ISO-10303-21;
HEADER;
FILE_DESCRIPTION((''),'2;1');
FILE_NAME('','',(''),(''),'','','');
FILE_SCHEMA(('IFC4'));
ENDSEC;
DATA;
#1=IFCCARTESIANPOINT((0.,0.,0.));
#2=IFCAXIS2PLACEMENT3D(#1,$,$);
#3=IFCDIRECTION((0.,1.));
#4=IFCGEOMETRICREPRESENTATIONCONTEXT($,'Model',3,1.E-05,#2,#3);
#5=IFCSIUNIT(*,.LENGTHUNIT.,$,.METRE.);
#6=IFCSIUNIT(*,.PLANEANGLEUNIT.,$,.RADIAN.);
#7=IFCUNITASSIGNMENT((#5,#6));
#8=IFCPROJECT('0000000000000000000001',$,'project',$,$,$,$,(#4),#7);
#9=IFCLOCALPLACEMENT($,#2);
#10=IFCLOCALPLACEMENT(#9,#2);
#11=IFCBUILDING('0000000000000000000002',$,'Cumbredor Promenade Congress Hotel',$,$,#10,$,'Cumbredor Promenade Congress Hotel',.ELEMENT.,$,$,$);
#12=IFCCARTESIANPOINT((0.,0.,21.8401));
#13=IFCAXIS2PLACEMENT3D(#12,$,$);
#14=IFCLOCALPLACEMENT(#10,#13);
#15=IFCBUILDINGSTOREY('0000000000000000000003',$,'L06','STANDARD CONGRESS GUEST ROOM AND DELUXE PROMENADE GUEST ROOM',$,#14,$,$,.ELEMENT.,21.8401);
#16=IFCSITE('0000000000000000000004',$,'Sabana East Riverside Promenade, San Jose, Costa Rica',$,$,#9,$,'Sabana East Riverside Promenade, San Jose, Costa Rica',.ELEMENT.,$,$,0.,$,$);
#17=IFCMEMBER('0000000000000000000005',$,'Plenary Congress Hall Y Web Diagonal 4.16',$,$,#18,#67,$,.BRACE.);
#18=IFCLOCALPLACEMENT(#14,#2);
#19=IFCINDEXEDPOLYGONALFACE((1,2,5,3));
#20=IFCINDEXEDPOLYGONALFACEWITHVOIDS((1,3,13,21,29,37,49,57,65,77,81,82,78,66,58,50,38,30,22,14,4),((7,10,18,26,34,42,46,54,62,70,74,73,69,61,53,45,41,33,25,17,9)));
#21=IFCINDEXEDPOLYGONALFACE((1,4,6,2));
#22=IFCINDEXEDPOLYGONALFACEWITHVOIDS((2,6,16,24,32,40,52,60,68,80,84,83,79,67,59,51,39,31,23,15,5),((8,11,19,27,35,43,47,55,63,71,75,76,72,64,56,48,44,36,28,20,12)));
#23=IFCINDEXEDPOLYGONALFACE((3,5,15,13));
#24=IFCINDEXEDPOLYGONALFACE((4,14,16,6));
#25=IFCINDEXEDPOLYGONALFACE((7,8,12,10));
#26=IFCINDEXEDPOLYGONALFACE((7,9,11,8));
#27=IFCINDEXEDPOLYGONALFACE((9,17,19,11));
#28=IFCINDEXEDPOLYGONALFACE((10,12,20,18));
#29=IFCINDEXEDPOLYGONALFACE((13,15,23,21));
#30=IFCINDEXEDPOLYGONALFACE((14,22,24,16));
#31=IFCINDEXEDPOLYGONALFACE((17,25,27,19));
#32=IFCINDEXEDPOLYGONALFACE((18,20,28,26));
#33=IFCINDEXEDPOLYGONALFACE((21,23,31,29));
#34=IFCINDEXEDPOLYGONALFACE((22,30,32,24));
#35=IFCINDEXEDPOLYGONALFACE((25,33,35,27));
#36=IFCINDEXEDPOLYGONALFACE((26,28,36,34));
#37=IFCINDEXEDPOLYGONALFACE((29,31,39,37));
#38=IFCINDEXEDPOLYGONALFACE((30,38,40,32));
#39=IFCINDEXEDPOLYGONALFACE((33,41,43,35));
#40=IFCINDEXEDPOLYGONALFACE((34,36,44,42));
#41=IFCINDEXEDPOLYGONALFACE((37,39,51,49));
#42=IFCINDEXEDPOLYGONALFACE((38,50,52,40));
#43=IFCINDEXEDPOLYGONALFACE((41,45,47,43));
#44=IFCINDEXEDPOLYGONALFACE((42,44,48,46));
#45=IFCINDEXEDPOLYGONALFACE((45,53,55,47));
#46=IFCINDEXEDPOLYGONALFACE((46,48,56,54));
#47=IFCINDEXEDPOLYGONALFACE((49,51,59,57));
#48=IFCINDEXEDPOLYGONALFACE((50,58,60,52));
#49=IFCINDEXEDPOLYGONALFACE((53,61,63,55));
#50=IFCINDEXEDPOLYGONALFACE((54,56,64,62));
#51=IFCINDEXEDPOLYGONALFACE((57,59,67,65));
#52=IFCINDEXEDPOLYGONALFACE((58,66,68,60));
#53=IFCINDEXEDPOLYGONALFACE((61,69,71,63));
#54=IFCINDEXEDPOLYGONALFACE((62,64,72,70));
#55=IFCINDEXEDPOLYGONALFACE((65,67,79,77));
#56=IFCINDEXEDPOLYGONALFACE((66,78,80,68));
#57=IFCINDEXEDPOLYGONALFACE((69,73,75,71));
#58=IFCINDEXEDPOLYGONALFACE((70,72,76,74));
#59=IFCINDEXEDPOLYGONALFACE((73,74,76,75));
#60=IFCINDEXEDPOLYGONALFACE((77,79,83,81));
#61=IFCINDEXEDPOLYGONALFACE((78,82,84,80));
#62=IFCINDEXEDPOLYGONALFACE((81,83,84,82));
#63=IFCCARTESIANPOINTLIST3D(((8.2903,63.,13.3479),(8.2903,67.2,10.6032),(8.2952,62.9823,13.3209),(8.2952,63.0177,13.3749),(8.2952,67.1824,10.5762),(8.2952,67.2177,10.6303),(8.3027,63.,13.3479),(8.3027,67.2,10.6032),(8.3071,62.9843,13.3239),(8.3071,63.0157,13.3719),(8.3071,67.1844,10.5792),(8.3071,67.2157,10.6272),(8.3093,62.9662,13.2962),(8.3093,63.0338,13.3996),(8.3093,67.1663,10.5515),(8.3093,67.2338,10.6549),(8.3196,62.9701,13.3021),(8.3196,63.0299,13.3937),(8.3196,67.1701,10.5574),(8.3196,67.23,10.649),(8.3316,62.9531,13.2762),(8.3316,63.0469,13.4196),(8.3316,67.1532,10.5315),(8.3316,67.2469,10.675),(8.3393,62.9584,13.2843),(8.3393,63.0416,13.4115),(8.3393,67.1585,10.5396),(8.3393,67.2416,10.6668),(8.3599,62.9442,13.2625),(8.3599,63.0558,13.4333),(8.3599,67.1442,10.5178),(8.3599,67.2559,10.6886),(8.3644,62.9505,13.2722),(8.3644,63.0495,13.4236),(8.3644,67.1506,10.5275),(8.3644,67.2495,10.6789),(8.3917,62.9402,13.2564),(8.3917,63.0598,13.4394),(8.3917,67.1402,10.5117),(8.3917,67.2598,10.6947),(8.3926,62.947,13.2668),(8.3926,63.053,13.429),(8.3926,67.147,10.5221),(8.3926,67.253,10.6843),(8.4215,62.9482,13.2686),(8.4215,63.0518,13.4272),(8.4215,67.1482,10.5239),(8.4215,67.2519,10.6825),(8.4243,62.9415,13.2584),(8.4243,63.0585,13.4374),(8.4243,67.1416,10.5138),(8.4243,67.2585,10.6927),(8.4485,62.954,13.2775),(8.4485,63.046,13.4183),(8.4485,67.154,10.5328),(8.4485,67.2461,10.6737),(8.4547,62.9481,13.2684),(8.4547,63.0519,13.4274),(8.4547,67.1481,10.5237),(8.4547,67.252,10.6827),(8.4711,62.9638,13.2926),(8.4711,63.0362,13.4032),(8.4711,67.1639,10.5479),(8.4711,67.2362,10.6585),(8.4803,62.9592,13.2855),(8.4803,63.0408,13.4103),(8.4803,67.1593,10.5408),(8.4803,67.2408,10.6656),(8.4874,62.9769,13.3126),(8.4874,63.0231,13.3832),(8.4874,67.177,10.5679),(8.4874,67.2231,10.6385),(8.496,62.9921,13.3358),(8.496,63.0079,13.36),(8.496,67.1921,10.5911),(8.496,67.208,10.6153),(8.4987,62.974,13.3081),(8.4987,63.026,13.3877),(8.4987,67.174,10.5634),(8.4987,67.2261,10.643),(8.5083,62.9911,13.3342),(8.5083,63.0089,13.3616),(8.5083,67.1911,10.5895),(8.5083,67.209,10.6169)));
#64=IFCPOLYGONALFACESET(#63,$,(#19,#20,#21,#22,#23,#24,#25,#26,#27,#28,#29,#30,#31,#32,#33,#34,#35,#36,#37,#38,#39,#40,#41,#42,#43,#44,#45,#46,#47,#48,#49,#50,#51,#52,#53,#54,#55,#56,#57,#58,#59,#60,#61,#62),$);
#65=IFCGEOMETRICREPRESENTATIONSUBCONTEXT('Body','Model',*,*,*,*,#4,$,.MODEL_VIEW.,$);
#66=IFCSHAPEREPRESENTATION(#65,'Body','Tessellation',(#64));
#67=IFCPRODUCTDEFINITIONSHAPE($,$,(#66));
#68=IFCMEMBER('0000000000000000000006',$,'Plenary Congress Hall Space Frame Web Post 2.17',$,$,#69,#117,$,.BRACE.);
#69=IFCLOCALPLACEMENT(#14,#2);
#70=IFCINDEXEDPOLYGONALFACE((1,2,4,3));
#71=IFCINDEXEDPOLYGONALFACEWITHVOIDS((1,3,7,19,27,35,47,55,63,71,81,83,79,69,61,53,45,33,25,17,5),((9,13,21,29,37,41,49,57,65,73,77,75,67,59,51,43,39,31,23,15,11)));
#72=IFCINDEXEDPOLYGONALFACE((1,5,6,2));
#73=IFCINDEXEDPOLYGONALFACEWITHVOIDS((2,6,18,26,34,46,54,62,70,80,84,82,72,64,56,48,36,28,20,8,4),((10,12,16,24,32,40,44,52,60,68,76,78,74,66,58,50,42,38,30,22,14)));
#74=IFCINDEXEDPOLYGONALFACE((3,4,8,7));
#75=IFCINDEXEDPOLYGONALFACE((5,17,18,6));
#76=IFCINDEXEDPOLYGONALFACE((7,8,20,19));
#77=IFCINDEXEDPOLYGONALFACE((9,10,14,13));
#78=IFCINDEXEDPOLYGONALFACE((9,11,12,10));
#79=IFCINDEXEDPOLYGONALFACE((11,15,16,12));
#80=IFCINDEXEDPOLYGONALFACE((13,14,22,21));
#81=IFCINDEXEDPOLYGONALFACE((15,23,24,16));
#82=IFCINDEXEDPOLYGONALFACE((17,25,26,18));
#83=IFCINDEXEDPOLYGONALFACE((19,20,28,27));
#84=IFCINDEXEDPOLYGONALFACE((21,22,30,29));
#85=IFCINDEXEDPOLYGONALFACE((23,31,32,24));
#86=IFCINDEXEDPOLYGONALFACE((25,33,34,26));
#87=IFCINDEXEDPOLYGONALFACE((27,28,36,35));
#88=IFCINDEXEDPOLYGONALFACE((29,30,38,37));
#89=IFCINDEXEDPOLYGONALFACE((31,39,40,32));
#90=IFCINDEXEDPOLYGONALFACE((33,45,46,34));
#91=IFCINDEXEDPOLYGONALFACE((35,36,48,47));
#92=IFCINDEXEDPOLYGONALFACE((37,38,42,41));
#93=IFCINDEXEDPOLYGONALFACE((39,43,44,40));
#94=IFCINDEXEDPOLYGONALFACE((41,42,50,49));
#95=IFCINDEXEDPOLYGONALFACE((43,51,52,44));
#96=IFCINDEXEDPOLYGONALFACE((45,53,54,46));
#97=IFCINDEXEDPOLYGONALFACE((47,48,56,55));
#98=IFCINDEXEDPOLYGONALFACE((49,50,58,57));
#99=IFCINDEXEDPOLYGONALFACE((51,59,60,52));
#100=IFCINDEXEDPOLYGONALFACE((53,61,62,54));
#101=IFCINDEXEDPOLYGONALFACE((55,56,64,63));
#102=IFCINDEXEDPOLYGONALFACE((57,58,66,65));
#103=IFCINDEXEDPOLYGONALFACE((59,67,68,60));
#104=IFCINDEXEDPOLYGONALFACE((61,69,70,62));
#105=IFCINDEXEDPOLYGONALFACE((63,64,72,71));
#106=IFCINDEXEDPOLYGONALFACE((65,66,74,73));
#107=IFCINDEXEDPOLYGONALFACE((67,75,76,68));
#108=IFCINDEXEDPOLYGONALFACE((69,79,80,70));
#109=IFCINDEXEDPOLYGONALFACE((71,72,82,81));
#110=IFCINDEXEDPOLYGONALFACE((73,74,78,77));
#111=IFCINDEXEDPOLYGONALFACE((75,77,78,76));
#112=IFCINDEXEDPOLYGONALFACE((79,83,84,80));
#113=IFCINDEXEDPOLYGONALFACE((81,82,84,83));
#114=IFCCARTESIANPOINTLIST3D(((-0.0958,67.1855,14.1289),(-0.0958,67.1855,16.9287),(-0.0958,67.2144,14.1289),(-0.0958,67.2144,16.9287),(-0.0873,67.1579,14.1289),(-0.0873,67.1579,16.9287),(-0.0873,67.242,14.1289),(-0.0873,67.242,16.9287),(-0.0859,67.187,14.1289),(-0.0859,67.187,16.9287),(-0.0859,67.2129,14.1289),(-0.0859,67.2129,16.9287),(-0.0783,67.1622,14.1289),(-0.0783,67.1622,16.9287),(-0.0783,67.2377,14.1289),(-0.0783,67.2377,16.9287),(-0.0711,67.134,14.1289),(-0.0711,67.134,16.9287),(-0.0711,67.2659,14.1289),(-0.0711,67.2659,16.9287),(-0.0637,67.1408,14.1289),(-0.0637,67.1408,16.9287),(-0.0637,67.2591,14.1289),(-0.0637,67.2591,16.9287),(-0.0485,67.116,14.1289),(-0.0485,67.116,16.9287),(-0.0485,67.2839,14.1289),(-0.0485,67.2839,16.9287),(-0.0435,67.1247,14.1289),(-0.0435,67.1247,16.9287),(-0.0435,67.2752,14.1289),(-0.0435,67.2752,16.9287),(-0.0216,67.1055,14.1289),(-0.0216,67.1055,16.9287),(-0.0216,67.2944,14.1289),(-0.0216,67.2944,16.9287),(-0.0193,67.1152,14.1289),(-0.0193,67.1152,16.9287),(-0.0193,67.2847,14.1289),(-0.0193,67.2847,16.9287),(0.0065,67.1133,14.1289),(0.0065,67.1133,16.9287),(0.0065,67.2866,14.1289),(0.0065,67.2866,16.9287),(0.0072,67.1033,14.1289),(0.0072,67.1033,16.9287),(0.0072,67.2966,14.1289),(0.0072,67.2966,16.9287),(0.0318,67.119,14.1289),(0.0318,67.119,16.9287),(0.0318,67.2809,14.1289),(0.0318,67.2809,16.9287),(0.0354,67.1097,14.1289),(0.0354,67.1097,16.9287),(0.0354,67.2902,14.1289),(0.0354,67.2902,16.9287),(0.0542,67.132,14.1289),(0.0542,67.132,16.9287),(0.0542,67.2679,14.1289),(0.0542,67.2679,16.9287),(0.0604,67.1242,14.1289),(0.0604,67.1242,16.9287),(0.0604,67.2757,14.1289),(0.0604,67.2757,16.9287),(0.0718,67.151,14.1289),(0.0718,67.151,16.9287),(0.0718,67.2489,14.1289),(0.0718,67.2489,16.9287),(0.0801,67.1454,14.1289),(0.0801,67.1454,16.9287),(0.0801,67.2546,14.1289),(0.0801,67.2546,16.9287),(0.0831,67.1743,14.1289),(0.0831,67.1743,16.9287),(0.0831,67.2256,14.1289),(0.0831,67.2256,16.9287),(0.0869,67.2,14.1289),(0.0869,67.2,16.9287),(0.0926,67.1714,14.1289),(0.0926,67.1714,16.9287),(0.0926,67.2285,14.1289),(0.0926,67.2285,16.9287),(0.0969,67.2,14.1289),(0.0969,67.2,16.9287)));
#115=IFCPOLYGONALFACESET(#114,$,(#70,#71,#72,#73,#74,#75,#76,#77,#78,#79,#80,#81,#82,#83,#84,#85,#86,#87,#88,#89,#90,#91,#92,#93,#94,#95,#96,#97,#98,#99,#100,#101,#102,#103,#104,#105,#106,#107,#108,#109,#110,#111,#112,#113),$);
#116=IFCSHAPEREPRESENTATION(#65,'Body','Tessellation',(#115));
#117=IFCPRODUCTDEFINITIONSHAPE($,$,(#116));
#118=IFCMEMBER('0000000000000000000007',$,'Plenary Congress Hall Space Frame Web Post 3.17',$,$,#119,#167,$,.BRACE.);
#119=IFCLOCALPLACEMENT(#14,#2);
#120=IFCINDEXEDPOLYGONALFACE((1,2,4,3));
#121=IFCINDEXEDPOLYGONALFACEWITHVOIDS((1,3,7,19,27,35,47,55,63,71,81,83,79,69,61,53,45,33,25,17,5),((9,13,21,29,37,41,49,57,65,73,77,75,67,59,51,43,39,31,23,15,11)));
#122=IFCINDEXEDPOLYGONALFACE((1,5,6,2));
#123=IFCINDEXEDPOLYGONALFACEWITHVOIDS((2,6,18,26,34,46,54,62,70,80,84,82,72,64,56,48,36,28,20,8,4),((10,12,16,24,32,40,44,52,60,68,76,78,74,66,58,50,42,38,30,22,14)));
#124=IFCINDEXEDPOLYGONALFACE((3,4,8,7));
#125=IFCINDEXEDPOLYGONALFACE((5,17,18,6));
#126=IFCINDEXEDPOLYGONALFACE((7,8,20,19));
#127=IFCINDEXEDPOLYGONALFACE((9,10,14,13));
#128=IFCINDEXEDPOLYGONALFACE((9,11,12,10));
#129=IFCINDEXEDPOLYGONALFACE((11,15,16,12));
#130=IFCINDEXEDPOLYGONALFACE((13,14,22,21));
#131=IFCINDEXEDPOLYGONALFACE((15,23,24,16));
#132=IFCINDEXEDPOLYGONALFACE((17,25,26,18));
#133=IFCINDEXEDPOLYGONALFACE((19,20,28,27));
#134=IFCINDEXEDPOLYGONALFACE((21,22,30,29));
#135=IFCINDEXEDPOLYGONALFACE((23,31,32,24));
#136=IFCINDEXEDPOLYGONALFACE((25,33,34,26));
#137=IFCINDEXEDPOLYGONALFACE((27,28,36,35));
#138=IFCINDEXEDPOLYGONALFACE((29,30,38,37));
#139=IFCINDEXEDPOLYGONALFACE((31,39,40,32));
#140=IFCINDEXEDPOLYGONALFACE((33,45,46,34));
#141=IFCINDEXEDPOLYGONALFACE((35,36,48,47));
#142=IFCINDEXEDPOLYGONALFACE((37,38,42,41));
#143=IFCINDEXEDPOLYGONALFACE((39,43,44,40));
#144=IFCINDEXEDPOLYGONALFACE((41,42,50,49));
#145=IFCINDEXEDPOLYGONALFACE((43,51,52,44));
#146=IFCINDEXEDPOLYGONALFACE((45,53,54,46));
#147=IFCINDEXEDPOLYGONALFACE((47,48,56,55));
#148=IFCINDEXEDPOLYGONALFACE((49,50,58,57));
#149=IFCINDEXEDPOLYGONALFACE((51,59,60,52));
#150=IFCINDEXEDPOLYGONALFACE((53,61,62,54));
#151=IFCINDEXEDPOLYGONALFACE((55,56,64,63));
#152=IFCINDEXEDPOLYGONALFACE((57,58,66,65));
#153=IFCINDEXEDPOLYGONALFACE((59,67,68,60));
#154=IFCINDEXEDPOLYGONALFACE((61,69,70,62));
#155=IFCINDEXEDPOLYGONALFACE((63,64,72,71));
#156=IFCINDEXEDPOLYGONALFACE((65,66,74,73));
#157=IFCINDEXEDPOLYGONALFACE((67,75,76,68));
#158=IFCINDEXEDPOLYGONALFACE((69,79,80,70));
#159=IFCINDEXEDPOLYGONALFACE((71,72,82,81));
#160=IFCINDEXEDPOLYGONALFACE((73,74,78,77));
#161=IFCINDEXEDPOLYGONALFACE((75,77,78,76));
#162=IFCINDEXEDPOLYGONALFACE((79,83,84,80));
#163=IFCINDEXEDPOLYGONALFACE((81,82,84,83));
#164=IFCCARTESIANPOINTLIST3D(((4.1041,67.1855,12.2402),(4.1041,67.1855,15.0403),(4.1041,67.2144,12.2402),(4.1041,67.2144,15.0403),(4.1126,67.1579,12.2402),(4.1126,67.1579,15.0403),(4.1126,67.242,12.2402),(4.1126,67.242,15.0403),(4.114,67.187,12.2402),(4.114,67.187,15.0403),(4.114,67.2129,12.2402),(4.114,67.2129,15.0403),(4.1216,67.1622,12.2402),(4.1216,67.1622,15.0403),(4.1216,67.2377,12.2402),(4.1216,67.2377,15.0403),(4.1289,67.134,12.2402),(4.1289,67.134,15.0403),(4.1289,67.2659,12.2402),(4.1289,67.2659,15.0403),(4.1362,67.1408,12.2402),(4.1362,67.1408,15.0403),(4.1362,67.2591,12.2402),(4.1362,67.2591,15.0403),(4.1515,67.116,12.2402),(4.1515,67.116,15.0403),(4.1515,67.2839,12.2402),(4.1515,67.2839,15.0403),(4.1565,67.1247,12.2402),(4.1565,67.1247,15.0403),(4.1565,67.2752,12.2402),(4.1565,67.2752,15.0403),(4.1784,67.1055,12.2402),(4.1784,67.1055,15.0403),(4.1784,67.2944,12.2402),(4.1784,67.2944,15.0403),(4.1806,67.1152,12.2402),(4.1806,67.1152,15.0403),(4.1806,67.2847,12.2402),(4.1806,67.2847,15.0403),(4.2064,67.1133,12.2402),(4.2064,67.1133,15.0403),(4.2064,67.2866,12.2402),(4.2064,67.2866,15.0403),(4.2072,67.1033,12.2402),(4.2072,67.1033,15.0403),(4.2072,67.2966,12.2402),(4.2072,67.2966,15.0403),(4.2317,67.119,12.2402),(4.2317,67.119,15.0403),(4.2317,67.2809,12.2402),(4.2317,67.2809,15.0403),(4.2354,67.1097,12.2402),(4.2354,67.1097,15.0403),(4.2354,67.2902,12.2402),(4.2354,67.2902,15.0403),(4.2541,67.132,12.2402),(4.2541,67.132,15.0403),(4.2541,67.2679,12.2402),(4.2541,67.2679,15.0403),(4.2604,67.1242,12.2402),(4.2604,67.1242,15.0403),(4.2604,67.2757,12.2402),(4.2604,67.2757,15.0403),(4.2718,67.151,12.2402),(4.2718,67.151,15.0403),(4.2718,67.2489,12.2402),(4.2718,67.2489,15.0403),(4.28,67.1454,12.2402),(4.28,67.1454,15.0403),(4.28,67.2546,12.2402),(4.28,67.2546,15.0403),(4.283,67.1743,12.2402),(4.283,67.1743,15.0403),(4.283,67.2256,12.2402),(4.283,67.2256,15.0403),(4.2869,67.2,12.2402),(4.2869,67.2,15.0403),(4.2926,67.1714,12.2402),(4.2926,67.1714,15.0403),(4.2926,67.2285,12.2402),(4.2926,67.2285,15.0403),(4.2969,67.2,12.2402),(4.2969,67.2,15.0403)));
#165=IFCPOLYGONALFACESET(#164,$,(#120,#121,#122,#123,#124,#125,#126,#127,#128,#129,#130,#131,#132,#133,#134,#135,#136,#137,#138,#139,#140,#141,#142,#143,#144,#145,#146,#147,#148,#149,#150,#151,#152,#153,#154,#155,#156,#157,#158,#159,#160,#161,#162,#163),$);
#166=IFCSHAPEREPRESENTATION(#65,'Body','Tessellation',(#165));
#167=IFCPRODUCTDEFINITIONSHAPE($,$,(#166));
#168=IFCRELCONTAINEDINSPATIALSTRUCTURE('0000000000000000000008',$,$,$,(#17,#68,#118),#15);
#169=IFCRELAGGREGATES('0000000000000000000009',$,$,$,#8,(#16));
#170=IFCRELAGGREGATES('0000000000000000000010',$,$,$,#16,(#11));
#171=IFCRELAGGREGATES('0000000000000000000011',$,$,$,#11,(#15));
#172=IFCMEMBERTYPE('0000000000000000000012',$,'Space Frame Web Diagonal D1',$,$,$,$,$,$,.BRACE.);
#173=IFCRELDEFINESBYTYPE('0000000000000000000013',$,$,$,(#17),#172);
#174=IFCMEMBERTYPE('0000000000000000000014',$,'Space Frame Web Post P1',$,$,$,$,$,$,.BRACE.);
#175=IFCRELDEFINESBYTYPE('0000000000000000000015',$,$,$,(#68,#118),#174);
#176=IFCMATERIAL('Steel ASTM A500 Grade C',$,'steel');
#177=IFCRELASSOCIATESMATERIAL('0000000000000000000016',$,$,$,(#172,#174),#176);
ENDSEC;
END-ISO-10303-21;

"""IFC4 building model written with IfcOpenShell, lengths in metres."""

from ifc_helpers import new_model, si_unit, direction, frame, origin, origin_2d, place, context, subcontext, project, spatial, hollow_circle, extrude, material, material_profile, profile_set, type_object, element, save


model = new_model("IFC4")

# Units and contexts
model_context = context("Model", 3, precision=1e-05, world=origin(), true_north=direction((0.0, 1.0)))
body_context = subcontext(model_context, "Body", "Model", "MODEL_VIEW")
ifc_project = project(units=[si_unit("LENGTHUNIT", "METRE"), si_unit("PLANEANGLEUNIT", "RADIAN")], contexts=[model_context])

# Site, building, storey
site_placement = place(None, origin())
site = spatial("IfcSite", under=ifc_project, at=site_placement, Name="Sabana East Riverside Promenade, San Jose, Costa Rica", LongName="Sabana East Riverside Promenade, San Jose, Costa Rica", CompositionType="ELEMENT", RefElevation=0.0)
building_placement = place(site_placement, origin())
building = spatial("IfcBuilding", under=site, at=building_placement, Name="Cumbredor Promenade Congress Hotel", LongName="Cumbredor Promenade Congress Hotel", CompositionType="ELEMENT")
storey_placement = place(building_placement, frame((0.0, 0.0, 21.8401)))
storey = spatial("IfcBuildingStorey", under=building, at=storey_placement, Name="L06", Description="STANDARD CONGRESS GUEST ROOM AND DELUXE PROMENADE GUEST ROOM", CompositionType="ELEMENT", Elevation=21.8401)

# Members
ifc_material_1 = material(Name="Steel ASTM A500 Grade C", Category="steel")
ifc_material_profile_1 = material_profile(ifc_material_1, hollow_circle(Radius=0.1096, WallThickness=0.0125, at=origin_2d()), Name="CHS 219.1x12.5")
ifc_profile_set_1 = profile_set([ifc_material_profile_1], Name="Steel ASTM A500 Grade C")
member_type_1 = type_object("IfcMemberType", Name="Space Frame Web Diagonal D1", PredefinedType="BRACE", material=ifc_profile_set_1)
member_1_placement = place(storey_placement, frame((8.3999, 63.0, 13.3479), z_axis=(0.0, 0.837106, -0.547041), x_axis=(-1.0, 0.0, 0.0)))
element("IfcMember", 1, at=member_1_placement, inside=storey, type_object=member_type_1, Name="Plenary Congress Hall Y Web Diagonal 4.16", PredefinedType="BRACE", context=body_context, shape_type="SweptSolid", body=[
    extrude(hollow_circle(Radius=0.1096, WallThickness=0.0125, at=origin_2d()), origin(), (0.0, 0.0, 1.0), 5.0173),
])
ifc_material_profile_2 = material_profile(ifc_material_1, hollow_circle(Radius=0.0969, WallThickness=0.01, at=origin_2d()), Name="CHS 193.7x10")
ifc_profile_set_2 = profile_set([ifc_material_profile_2], Name="Steel ASTM A500 Grade C")
member_type_2 = type_object("IfcMemberType", Name="Space Frame Web Post P1", PredefinedType="BRACE", material=ifc_profile_set_2)
member_2_placement = place(storey_placement, frame((0.0, 67.2, 14.1289), z_axis=(0.0, 0.0, 1.0), x_axis=(1.0, 0.0, 0.0)))
element("IfcMember", 2, at=member_2_placement, inside=storey, type_object=member_type_2, Name="Plenary Congress Hall Space Frame Web Post 2.17", PredefinedType="BRACE", context=body_context, shape_type="SweptSolid", body=[
    extrude(hollow_circle(Radius=0.0969, WallThickness=0.01, at=origin_2d()), origin(), (0.0, 0.0, 1.0), 2.7998),
])
for number, where, z_axis, x_axis, name in (
    (3, (4.2, 67.2, 12.2402), (0.0, 0.0, 1.0), (1.0, 0.0, 0.0), "Plenary Congress Hall Space Frame Web Post 3.17"),
):
    element("IfcMember", number, at=place(storey_placement, frame(where, z_axis=z_axis, x_axis=x_axis)), inside=storey, type_object=member_type_2, Name=name, PredefinedType="BRACE", context=body_context, shape_type="SweptSolid", body=[
        extrude(hollow_circle(Radius=0.0969, WallThickness=0.01, at=origin_2d()), origin(), (0.0, 0.0, 1.0), 2.8),
    ])

save(model, "model.ifc")
